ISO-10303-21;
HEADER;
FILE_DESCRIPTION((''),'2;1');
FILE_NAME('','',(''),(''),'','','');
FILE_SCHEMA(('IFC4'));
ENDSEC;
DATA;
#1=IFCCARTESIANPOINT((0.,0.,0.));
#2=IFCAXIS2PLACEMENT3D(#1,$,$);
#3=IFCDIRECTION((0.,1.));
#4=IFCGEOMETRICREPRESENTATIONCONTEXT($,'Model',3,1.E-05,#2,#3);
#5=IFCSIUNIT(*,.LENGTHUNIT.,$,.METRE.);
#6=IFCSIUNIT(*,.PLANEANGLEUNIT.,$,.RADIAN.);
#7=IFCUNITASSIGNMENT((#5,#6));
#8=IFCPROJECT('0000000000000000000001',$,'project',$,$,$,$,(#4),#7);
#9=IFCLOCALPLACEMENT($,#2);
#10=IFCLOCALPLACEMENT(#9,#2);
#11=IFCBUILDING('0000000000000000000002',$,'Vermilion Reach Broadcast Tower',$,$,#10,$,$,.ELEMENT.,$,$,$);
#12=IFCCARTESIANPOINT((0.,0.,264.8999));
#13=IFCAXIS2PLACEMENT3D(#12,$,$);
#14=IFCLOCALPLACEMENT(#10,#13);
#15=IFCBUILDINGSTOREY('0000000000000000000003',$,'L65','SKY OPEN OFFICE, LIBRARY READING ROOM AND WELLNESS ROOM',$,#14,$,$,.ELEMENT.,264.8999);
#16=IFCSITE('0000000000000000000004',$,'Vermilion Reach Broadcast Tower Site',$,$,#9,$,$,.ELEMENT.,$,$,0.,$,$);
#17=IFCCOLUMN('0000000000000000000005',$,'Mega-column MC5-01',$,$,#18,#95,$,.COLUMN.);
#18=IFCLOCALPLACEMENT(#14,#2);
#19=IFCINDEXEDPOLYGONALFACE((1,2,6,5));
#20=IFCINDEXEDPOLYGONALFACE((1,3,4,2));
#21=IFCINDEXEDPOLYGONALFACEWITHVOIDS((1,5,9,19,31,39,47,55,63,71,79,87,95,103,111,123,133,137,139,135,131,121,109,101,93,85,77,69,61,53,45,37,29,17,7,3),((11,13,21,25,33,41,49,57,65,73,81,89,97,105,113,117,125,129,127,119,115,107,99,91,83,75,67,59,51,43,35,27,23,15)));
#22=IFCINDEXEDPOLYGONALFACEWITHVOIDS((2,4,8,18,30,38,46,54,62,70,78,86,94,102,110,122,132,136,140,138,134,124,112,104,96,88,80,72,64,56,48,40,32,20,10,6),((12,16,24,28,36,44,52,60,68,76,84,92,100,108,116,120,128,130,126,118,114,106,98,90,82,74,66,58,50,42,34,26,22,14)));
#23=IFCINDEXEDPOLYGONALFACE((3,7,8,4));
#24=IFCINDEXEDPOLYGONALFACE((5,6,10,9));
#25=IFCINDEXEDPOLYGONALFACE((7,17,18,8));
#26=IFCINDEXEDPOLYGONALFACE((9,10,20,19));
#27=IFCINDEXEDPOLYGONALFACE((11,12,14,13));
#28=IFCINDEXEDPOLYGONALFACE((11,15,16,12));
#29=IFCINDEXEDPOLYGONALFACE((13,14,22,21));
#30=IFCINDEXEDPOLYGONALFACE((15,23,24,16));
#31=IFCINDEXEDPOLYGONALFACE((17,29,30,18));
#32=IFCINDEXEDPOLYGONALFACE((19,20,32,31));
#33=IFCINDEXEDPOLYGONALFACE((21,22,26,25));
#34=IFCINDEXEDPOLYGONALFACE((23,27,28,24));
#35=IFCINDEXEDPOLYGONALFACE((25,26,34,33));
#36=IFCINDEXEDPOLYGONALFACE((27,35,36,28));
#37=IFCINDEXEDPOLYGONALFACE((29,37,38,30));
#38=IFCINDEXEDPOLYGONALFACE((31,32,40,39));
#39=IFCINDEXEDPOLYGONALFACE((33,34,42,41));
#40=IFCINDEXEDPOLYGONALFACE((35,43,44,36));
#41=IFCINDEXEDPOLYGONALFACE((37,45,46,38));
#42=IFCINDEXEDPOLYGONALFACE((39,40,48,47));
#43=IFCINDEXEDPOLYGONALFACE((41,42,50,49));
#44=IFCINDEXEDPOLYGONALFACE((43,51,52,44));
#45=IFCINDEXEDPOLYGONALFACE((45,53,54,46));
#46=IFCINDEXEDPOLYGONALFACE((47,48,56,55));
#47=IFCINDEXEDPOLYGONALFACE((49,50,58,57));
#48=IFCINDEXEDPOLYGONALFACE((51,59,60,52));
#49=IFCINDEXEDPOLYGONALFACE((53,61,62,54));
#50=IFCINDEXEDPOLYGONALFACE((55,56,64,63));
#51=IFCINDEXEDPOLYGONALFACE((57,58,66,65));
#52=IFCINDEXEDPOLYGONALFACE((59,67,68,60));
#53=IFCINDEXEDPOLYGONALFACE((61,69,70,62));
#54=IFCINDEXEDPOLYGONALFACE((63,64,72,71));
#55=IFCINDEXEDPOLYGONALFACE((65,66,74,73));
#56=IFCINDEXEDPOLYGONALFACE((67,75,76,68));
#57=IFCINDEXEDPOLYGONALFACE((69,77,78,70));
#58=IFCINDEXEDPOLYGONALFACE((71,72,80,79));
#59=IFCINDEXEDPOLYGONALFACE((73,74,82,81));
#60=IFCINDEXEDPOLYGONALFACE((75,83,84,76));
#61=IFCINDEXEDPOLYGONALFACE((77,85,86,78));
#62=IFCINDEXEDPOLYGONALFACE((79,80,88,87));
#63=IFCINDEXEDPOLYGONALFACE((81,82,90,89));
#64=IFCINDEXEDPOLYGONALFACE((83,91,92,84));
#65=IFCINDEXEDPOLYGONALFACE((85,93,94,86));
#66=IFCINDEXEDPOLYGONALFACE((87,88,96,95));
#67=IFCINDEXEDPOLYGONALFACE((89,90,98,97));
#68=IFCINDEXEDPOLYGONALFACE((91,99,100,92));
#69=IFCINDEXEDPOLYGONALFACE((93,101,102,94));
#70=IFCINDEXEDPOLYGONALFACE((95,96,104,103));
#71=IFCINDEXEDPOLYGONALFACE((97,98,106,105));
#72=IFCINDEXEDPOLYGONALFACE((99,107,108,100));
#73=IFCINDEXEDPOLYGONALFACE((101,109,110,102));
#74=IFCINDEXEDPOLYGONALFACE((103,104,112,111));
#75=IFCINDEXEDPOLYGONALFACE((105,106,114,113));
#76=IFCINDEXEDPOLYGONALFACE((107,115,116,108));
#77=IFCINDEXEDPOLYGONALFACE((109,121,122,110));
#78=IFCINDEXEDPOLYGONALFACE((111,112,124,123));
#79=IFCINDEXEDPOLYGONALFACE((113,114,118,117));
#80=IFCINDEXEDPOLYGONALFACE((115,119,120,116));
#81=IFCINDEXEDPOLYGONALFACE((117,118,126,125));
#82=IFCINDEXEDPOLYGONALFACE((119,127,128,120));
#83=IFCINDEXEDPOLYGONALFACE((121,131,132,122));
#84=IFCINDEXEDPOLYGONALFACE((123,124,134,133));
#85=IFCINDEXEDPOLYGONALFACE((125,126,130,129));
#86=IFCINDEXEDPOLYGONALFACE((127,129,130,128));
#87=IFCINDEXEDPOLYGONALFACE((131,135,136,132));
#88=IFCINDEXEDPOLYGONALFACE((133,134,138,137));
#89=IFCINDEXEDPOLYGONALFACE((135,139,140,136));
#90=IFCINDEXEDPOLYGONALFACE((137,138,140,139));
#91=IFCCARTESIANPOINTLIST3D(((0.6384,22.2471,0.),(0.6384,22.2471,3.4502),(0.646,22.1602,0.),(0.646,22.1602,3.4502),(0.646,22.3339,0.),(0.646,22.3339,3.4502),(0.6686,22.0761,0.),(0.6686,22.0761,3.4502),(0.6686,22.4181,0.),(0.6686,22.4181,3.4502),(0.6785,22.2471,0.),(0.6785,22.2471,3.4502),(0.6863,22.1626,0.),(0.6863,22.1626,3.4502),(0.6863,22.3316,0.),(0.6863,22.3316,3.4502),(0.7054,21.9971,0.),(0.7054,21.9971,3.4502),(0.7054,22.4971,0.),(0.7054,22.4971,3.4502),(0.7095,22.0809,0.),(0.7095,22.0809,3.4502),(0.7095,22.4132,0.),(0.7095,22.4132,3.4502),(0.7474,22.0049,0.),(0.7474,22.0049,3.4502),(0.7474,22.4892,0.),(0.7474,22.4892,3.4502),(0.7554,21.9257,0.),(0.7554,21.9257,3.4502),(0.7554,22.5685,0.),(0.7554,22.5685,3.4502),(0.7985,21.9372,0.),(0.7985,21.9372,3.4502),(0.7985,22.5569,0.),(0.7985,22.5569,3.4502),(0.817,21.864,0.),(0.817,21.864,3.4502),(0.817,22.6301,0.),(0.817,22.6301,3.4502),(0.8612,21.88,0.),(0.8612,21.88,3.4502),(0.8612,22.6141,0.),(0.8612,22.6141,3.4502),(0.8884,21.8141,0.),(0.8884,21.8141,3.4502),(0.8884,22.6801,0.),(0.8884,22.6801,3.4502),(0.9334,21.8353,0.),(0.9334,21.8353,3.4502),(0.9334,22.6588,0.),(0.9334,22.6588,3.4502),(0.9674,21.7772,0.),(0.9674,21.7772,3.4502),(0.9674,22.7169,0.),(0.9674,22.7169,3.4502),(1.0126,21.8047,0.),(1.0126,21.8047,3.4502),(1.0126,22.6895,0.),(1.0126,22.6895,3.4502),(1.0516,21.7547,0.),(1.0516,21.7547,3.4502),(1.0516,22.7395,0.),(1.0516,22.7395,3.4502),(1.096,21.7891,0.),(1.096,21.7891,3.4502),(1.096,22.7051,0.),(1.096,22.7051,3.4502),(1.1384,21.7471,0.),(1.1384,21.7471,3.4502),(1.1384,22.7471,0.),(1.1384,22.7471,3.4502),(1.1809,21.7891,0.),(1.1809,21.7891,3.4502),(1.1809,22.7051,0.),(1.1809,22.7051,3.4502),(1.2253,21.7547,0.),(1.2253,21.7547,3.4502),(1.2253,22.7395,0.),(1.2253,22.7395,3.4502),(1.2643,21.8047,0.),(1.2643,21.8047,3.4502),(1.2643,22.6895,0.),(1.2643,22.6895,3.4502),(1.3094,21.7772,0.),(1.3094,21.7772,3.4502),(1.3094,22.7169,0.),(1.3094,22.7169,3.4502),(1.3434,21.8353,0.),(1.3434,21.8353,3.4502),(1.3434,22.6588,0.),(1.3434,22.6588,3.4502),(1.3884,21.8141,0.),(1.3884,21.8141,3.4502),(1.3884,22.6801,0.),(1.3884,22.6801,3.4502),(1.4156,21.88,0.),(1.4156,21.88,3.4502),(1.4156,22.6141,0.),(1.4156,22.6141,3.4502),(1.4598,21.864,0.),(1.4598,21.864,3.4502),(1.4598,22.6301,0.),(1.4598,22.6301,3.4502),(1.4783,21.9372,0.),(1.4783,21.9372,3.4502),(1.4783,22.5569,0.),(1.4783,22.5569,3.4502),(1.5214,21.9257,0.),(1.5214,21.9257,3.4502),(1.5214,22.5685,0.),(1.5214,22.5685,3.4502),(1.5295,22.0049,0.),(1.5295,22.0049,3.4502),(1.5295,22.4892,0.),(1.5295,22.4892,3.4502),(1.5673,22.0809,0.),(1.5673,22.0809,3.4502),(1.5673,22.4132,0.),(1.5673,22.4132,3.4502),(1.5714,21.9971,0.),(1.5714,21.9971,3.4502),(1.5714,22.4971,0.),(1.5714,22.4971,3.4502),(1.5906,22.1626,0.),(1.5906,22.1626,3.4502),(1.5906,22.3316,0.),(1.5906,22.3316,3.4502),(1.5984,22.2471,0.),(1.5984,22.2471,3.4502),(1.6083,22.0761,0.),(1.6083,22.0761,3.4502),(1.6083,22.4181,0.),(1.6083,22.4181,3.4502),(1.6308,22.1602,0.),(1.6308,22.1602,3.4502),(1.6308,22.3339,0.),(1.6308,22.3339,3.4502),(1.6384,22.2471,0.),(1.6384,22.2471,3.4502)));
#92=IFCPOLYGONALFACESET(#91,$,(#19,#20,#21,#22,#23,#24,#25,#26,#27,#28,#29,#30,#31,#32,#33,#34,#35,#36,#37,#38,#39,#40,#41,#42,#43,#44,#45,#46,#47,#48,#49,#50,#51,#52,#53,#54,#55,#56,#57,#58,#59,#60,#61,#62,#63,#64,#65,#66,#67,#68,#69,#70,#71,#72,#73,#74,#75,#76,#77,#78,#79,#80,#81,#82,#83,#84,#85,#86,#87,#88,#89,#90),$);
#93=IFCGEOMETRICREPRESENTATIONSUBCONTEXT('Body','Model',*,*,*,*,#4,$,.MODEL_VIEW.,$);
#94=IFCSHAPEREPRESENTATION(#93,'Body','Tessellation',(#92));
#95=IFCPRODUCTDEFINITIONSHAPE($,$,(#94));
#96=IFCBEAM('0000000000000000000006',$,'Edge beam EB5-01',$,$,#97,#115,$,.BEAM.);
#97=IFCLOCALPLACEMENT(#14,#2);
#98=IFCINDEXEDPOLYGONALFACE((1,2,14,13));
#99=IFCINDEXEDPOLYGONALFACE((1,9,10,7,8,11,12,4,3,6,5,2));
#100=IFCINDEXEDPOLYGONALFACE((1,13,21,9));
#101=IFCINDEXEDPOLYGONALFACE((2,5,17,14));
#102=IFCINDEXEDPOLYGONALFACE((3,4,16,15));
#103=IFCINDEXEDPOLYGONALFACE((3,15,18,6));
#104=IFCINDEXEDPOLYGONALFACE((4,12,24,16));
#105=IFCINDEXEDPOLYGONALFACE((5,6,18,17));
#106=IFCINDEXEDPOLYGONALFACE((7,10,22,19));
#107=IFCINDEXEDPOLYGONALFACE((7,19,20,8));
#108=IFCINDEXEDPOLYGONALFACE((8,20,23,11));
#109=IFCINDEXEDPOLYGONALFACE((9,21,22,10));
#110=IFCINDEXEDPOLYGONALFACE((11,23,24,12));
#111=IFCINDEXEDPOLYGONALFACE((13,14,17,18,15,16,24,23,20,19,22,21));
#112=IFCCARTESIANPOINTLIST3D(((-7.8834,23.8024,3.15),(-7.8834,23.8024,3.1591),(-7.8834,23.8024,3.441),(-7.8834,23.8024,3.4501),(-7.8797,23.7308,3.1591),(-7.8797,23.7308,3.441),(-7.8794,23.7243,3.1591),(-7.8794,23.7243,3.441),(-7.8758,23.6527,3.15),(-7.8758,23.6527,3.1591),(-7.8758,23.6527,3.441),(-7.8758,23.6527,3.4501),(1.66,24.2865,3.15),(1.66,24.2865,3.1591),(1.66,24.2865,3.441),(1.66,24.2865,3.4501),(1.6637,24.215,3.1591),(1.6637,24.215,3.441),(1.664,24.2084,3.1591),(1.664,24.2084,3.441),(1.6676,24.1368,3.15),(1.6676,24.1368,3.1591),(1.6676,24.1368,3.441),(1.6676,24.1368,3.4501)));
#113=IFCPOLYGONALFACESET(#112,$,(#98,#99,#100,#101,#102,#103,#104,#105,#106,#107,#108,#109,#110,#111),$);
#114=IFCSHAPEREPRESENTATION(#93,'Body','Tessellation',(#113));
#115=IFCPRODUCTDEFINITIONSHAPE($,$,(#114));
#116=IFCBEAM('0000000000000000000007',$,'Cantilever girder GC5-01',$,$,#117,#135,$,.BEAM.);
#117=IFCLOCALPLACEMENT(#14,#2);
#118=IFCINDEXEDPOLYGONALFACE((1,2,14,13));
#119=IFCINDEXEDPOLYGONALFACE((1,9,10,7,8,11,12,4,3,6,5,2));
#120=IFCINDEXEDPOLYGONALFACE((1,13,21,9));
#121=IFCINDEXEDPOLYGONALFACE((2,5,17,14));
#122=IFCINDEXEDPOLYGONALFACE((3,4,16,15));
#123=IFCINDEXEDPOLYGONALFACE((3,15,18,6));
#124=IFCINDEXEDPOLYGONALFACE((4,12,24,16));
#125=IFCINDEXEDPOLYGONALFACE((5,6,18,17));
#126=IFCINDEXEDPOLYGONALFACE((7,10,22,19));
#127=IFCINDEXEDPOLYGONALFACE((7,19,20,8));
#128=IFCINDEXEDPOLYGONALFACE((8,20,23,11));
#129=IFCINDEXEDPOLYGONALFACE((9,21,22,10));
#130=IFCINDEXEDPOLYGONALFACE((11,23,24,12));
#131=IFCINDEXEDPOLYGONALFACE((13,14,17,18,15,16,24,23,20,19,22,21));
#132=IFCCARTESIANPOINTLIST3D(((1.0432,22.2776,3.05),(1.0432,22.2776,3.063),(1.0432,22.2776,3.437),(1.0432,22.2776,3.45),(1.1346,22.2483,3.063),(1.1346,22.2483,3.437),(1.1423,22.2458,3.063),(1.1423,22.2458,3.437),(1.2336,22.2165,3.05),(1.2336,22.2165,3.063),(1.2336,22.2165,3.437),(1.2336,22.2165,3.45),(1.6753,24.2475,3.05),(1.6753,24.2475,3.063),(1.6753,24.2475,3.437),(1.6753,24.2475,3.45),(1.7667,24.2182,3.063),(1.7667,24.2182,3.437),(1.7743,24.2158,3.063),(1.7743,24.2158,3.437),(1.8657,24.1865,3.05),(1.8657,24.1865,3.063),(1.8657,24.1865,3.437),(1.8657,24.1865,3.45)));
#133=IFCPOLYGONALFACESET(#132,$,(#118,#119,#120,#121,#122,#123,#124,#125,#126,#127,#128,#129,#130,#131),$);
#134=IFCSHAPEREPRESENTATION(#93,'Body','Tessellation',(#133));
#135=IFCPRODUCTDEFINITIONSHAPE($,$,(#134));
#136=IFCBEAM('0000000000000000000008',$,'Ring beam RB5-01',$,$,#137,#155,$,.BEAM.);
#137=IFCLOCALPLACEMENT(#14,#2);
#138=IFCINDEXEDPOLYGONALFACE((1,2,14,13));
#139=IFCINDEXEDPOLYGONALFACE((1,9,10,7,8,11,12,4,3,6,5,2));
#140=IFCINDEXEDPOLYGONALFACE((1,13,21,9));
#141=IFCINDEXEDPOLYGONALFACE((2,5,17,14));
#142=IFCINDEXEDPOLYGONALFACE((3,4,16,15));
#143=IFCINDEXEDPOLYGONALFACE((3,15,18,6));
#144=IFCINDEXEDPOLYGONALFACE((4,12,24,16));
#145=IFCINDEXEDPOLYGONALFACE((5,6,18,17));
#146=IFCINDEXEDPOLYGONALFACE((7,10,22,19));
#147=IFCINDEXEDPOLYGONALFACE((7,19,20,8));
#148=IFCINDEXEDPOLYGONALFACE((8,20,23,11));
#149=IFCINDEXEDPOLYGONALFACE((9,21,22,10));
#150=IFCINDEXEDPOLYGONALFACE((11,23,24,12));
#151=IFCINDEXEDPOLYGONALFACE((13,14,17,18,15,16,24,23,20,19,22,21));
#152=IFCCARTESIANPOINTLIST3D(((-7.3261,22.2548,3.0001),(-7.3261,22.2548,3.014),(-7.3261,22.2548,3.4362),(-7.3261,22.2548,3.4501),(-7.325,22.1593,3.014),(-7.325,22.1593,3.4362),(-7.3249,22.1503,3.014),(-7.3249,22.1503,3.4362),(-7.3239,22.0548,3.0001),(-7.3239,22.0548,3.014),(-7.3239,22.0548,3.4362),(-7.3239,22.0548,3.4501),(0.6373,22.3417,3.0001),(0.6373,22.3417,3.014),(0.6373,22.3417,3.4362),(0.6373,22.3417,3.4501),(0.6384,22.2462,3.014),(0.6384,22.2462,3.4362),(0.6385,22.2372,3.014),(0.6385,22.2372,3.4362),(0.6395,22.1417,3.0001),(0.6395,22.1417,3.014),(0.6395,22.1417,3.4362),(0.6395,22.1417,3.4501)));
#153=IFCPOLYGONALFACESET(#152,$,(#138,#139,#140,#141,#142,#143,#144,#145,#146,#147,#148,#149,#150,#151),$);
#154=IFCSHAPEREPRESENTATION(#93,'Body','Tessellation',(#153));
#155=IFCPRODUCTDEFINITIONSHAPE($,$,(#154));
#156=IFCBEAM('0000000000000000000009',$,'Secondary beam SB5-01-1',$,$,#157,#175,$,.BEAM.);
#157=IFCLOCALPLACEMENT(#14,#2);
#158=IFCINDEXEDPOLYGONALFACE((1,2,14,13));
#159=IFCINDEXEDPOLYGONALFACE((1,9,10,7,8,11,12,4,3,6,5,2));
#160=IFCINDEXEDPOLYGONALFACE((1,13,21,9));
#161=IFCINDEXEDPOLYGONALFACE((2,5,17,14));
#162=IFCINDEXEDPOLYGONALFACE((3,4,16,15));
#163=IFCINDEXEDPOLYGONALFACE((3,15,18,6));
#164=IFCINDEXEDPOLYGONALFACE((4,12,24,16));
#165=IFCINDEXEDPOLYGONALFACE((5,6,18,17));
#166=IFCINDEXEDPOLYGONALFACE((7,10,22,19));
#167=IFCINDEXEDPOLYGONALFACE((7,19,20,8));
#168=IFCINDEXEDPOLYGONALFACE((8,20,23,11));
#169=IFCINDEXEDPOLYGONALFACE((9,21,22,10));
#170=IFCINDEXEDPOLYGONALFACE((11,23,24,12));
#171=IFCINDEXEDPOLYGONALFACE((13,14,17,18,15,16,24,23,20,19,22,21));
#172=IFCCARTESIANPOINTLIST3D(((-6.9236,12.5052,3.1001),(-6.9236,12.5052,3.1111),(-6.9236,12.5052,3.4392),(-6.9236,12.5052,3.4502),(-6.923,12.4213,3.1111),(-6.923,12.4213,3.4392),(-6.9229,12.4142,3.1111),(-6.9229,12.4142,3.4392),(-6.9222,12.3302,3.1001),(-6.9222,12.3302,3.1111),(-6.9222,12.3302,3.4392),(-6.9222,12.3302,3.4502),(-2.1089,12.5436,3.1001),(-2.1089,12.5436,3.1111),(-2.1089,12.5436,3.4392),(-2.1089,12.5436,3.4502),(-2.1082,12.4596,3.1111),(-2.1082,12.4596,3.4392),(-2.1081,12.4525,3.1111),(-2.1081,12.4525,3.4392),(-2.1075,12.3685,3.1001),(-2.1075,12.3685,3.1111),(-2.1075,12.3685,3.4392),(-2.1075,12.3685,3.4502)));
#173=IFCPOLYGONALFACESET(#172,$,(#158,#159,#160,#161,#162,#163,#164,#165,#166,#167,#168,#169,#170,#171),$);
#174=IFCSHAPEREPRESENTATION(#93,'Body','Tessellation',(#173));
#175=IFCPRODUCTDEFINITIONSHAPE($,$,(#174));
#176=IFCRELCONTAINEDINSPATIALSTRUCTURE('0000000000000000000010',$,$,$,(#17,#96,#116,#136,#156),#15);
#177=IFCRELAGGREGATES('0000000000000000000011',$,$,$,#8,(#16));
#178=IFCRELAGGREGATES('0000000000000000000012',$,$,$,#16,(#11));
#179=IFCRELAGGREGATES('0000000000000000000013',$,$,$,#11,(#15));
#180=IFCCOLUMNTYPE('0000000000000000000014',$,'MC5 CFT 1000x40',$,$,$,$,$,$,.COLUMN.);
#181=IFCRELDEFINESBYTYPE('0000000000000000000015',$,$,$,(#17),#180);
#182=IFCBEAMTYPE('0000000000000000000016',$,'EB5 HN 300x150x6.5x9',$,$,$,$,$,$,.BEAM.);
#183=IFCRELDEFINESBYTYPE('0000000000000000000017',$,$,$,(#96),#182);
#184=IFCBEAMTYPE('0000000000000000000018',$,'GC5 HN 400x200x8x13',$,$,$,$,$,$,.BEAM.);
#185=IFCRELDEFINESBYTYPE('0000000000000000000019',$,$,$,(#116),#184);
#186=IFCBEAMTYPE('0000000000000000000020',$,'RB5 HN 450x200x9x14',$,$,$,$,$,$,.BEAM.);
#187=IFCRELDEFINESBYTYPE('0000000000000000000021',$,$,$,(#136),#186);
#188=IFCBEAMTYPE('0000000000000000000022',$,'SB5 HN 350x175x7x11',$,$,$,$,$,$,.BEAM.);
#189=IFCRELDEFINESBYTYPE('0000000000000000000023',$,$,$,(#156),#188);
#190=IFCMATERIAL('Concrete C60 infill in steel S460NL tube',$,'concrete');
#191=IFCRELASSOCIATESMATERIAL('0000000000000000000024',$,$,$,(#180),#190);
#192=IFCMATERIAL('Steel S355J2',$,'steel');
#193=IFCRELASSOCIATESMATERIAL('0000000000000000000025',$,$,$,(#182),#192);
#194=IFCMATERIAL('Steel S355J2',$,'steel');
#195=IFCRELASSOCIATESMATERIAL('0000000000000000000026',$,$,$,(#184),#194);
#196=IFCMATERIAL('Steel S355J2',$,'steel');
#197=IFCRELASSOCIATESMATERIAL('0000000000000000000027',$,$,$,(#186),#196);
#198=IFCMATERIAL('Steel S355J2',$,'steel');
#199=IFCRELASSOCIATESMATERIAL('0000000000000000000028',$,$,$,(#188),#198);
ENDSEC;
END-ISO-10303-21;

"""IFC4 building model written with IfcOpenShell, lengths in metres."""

from ifc_helpers import new_model, si_unit, direction, frame, origin, origin_2d, place, context, subcontext, project, spatial, hollow_circle, i_section, extrude, material, material_profile, profile_set, type_object, element, save


model = new_model("IFC4")

# Units and contexts
model_context = context("Model", 3, precision=1e-05, world=origin(), true_north=direction((0.0, 1.0)))
body_context = subcontext(model_context, "Body", "Model", "MODEL_VIEW")
ifc_project = project(units=[si_unit("LENGTHUNIT", "METRE"), si_unit("PLANEANGLEUNIT", "RADIAN")], contexts=[model_context])

# Site, building, storey
site_placement = place(None, origin())
site = spatial("IfcSite", under=ifc_project, at=site_placement, Name="Vermilion Reach Broadcast Tower Site", CompositionType="ELEMENT", RefElevation=0.0)
building_placement = place(site_placement, origin())
building = spatial("IfcBuilding", under=site, at=building_placement, Name="Vermilion Reach Broadcast Tower", CompositionType="ELEMENT")
storey_placement = place(building_placement, frame((0.0, 0.0, 264.8999)))
storey = spatial("IfcBuildingStorey", under=building, at=storey_placement, Name="L65", Description="SKY OPEN OFFICE, LIBRARY READING ROOM AND WELLNESS ROOM", CompositionType="ELEMENT", Elevation=264.8999)

# Column
ifc_material_1 = material(Name="Concrete C60 infill in steel S460NL tube", Category="concrete")
ifc_material_profile_1 = material_profile(ifc_material_1, hollow_circle(Radius=0.5, WallThickness=0.04, at=origin_2d()), Name="Concrete C60 infill in steel S460NL tube CFT 1000x40")
ifc_profile_set_1 = profile_set([ifc_material_profile_1], Name="Concrete C60 infill in steel S460NL tube")
column_type = type_object("IfcColumnType", Name="MC5 CFT 1000x40", PredefinedType="COLUMN", material=ifc_profile_set_1)
column_placement = place(storey_placement, frame((1.1384, 22.2471, 0.0), z_axis=(0.0, 0.0, 1.0), x_axis=(1.0, 0.0, 0.0)))
element("IfcColumn", 1, at=column_placement, inside=storey, type_object=column_type, Name="Mega-column MC5-01", PredefinedType="COLUMN", context=body_context, shape_type="SweptSolid", body=[
    extrude(hollow_circle(Radius=0.5, WallThickness=0.04, at=origin_2d()), origin(), (0.0, 0.0, 1.0), 3.4502),
])

# Beams
ifc_material_2 = material(Name="Steel S355J2", Category="steel")
ifc_material_profile_2 = material_profile(ifc_material_2, i_section(OverallWidth=0.1499, OverallDepth=0.3, WebThickness=0.0066, FlangeThickness=0.009, at=origin_2d()), Name="S355J2 HN 300x150x6.5x9")
ifc_profile_set_2 = profile_set([ifc_material_profile_2], Name="Steel S355J2")
beam_type_1 = type_object("IfcBeamType", Name="EB5 HN 300x150x6.5x9", PredefinedType="BEAM", material=ifc_profile_set_2)
beam_1_placement = place(storey_placement, frame((1.6638, 24.2117, 3.3), z_axis=(-0.998716, -0.050664, 0.0), x_axis=(0.050664, -0.998716, 0.0)))
element("IfcBeam", 2, at=beam_1_placement, inside=storey, type_object=beam_type_1, Name="Edge beam EB5-01", PredefinedType="BEAM", context=body_context, shape_type="SweptSolid", body=[
    extrude(i_section(OverallWidth=0.1499, OverallDepth=0.3, WebThickness=0.0066, FlangeThickness=0.009, at=origin_2d()), origin(), (0.0, 0.0, 1.0), 9.5557),
])
ifc_material_3 = material(Name="Steel S355J2", Category="steel")
ifc_material_profile_3 = material_profile(ifc_material_3, i_section(OverallWidth=0.2, OverallDepth=0.3999, WebThickness=0.0081, FlangeThickness=0.0129, at=origin_2d()), Name="S355J2 HN 400x200x8x13")
ifc_profile_set_3 = profile_set([ifc_material_profile_3], Name="Steel S355J2")
beam_type_2 = type_object("IfcBeamType", Name="GC5 HN 400x200x8x13", PredefinedType="BEAM", material=ifc_profile_set_3)
beam_2_placement = place(storey_placement, frame((1.1384, 22.2471, 3.25), z_axis=(0.305516, 0.952187, 0.0), x_axis=(-0.952187, 0.305516, 0.0)))
element("IfcBeam", 3, at=beam_2_placement, inside=storey, type_object=beam_type_2, Name="Cantilever girder GC5-01", PredefinedType="BEAM", context=body_context, shape_type="SweptSolid", body=[
    extrude(i_section(OverallWidth=0.2, OverallDepth=0.3999, WebThickness=0.0081, FlangeThickness=0.0129, at=origin_2d()), origin(), (0.0, 0.0, 1.0), 2.0688),
])
ifc_material_4 = material(Name="Steel S355J2", Category="steel")
ifc_material_profile_4 = material_profile(ifc_material_4, i_section(OverallWidth=0.2, OverallDepth=0.45, WebThickness=0.009, FlangeThickness=0.0139, at=origin_2d()), Name="S355J2 HN 450x200x9x14")
ifc_profile_set_4 = profile_set([ifc_material_profile_4], Name="Steel S355J2")
beam_type_3 = type_object("IfcBeamType", Name="RB5 HN 450x200x9x14", PredefinedType="BEAM", material=ifc_profile_set_4)
beam_3_placement = place(storey_placement, frame((0.6384, 22.2417, 3.2251), z_axis=(-0.99994, -0.010914, 0.0), x_axis=(0.010914, -0.99994, 0.0)))
element("IfcBeam", 4, at=beam_3_placement, inside=storey, type_object=beam_type_3, Name="Ring beam RB5-01", PredefinedType="BEAM", context=body_context, shape_type="SweptSolid", body=[
    extrude(i_section(OverallWidth=0.2, OverallDepth=0.45, WebThickness=0.009, FlangeThickness=0.0139, at=origin_2d()), origin(), (0.0, 0.0, 1.0), 7.9639),
])
ifc_material_5 = material(Name="Steel S355J2", Category="steel")
ifc_material_profile_5 = material_profile(ifc_material_5, i_section(OverallWidth=0.175, OverallDepth=0.3501, WebThickness=0.0071, FlangeThickness=0.011, at=origin_2d()), Name="S355J2 HN 350x175x7x11")
ifc_profile_set_5 = profile_set([ifc_material_profile_5], Name="Steel S355J2")
beam_type_4 = type_object("IfcBeamType", Name="SB5 HN 350x175x7x11", PredefinedType="BEAM", material=ifc_profile_set_5)
beam_4_placement = place(storey_placement, frame((-2.1082, 12.4561, 3.2751), z_axis=(-0.999968, -0.007961, 0.0), x_axis=(0.007961, -0.999968, 0.0)))
element("IfcBeam", 5, at=beam_4_placement, inside=storey, type_object=beam_type_4, Name="Secondary beam SB5-01-1", PredefinedType="BEAM", context=body_context, shape_type="SweptSolid", body=[
    extrude(i_section(OverallWidth=0.175, OverallDepth=0.3501, WebThickness=0.0071, FlangeThickness=0.011, at=origin_2d()), origin(), (0.0, 0.0, 1.0), 4.8149),
])

save(model, "model.ifc")
